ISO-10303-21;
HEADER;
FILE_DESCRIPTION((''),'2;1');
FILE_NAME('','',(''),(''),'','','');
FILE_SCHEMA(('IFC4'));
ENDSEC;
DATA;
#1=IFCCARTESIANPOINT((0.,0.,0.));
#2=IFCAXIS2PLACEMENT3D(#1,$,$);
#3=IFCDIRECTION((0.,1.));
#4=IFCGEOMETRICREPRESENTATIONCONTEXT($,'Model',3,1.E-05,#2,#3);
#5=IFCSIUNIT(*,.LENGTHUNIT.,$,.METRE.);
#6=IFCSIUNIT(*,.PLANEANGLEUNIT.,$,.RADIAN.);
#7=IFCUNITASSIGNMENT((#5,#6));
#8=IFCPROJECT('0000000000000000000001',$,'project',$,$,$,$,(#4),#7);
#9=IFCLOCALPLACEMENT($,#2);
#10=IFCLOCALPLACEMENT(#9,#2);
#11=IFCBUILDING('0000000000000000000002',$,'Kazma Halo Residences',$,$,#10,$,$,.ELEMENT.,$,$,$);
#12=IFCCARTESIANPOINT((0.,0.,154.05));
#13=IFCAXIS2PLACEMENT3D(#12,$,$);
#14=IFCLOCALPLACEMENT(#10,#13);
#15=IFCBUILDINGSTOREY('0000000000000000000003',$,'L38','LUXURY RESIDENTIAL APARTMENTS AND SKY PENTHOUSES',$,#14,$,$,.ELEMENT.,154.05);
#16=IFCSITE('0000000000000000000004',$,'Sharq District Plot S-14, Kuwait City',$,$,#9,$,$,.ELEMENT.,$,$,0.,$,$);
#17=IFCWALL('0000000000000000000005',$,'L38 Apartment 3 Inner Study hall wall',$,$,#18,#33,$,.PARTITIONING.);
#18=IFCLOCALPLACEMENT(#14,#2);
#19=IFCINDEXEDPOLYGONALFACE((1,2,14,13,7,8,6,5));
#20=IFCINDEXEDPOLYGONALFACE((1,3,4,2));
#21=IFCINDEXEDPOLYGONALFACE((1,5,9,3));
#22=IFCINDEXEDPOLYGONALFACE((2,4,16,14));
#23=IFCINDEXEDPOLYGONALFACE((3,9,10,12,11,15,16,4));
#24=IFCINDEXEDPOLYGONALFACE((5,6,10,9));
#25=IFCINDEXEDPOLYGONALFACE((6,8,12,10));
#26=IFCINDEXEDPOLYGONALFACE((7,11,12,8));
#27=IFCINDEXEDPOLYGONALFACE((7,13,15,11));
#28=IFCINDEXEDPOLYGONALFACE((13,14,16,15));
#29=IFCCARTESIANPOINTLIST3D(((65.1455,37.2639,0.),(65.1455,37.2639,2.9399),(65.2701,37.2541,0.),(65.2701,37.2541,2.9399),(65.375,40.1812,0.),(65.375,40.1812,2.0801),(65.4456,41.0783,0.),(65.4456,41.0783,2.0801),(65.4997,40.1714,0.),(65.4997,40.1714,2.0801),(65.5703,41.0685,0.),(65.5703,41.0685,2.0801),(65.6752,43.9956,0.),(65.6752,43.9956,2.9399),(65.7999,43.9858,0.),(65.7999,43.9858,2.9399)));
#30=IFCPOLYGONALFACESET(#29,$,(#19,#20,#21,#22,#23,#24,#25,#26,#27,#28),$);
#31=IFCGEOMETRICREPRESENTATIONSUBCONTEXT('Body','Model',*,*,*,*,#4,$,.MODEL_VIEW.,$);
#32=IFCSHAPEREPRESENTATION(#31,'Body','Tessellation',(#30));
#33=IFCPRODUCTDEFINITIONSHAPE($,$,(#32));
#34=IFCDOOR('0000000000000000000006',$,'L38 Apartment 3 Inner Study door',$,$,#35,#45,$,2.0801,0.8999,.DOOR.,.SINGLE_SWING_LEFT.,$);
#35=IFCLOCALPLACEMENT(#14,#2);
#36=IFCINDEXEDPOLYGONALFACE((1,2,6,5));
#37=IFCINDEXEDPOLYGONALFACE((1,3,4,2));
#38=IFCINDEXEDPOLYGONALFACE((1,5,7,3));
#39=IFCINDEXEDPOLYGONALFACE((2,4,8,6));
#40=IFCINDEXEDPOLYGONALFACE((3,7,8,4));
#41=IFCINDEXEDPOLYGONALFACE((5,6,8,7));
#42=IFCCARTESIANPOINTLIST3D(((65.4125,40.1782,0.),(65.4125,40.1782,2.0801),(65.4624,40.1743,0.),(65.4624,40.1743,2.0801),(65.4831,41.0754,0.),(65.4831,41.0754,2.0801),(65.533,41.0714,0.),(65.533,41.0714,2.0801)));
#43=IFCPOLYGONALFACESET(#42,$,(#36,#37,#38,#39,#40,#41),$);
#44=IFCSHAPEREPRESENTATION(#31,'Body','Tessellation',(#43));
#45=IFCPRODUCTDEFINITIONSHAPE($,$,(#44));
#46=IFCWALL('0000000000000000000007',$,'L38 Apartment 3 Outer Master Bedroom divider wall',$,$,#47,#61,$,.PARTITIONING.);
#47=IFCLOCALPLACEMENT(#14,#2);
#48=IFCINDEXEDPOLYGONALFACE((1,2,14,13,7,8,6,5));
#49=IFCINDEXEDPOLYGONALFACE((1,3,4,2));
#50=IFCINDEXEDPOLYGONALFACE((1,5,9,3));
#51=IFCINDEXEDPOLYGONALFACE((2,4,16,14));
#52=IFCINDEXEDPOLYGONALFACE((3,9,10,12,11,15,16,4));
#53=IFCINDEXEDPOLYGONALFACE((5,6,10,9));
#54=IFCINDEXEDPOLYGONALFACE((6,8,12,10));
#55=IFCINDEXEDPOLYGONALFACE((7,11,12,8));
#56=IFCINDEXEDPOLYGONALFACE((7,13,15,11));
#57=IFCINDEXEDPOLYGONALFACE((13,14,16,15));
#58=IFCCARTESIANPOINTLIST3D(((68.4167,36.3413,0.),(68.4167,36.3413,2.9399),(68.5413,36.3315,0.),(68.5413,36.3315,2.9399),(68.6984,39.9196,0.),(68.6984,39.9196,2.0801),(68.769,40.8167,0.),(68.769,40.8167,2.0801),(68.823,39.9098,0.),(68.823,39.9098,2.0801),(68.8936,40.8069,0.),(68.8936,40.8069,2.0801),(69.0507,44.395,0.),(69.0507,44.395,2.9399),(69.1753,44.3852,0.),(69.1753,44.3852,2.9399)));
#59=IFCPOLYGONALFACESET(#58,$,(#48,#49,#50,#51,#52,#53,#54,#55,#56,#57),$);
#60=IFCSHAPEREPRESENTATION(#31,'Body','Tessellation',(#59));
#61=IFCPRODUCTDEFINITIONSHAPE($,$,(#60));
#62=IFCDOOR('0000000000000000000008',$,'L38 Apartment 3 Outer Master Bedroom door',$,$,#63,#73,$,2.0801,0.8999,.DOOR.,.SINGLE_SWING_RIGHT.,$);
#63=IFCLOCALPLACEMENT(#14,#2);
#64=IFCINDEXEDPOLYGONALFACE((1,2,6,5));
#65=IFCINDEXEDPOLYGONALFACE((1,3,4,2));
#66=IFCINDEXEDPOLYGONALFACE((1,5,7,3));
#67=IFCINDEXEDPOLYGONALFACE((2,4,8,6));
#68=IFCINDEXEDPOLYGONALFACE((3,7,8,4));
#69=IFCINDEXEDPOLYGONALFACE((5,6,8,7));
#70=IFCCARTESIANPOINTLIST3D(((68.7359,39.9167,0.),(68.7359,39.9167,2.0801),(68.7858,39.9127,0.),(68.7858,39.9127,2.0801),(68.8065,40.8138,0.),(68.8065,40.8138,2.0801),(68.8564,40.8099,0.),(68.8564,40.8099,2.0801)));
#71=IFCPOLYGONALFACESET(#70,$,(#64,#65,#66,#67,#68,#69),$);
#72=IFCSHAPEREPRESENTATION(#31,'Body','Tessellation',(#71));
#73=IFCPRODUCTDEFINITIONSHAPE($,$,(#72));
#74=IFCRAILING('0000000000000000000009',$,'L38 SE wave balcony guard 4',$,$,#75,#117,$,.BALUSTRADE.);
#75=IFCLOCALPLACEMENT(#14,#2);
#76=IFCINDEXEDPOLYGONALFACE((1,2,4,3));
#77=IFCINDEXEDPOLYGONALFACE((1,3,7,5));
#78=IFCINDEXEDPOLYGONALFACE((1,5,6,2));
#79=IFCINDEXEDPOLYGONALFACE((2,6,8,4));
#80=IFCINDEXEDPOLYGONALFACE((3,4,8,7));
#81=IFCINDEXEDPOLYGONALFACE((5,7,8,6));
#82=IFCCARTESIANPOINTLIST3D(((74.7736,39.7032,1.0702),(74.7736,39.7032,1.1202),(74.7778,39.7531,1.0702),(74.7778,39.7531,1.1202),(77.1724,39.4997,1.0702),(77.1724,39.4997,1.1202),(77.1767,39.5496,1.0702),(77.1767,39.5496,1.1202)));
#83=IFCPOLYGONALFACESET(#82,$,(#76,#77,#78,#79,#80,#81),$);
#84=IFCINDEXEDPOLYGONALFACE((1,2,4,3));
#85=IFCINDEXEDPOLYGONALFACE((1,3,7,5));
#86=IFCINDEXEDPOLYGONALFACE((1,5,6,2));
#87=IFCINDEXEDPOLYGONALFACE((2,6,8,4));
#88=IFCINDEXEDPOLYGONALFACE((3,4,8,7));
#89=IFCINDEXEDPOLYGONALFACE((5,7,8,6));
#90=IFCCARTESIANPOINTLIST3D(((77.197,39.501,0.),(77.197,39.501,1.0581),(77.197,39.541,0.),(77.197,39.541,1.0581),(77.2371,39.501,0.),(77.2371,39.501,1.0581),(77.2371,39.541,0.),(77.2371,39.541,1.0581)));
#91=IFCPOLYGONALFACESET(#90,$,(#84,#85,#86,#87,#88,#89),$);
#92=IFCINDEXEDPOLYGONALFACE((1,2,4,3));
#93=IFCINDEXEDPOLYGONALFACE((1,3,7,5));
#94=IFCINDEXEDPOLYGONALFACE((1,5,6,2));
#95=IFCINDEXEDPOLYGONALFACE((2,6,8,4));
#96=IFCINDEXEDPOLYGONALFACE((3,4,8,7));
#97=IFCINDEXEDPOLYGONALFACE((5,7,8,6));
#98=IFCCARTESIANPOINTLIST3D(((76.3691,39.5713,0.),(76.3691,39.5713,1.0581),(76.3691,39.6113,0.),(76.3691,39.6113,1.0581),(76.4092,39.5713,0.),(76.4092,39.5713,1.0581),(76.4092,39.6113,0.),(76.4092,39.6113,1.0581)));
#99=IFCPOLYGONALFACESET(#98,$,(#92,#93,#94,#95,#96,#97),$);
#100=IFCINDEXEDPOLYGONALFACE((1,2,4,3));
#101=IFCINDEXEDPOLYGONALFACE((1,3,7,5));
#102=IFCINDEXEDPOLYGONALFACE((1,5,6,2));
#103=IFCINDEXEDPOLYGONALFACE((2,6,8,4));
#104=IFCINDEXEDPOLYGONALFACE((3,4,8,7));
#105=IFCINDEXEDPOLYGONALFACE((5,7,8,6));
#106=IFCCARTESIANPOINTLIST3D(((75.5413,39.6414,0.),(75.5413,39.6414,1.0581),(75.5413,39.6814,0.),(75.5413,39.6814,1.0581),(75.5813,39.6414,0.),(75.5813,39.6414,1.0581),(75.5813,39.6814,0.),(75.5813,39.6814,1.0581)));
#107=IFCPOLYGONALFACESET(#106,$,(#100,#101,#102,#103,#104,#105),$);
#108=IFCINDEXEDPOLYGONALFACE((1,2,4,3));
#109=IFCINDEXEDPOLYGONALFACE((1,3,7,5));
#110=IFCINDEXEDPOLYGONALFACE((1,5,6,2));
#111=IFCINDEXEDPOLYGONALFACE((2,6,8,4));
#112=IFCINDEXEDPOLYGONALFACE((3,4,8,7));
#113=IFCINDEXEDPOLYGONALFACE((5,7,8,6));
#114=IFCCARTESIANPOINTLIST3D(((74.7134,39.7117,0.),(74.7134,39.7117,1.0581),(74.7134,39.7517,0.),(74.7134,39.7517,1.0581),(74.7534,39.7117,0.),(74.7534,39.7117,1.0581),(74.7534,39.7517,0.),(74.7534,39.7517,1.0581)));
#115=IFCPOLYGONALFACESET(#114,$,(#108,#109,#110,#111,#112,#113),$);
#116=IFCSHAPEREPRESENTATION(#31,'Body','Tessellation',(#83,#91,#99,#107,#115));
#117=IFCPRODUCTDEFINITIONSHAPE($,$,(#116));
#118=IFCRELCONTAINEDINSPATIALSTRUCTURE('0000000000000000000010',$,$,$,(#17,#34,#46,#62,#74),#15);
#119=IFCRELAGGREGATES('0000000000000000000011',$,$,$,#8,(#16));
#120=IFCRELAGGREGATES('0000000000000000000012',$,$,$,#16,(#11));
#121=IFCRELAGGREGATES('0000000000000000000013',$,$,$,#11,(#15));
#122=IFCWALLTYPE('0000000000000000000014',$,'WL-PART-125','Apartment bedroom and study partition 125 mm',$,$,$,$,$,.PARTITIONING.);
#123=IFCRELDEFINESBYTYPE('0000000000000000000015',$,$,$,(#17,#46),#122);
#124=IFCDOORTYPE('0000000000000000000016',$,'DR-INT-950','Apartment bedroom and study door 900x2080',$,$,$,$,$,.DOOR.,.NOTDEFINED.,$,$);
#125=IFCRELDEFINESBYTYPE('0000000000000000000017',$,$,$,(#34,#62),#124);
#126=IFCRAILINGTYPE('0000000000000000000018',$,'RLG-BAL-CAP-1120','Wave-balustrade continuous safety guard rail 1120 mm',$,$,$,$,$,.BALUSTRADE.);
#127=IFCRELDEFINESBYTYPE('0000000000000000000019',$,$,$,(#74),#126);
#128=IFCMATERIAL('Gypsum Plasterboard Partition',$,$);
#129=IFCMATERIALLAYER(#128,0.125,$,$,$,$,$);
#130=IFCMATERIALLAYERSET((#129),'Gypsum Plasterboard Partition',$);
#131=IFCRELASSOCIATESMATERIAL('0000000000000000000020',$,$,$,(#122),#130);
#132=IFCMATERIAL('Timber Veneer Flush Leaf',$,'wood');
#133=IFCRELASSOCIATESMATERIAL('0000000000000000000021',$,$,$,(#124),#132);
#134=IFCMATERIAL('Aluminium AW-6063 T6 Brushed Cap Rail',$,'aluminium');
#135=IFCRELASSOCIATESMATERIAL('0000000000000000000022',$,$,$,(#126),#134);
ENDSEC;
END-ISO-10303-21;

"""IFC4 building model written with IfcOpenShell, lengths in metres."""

from ifc_helpers import new_model, si_unit, direction, frame, frame_2d, origin, origin_2d, place, context, subcontext, project, spatial, rectangle, extrude, material, layer, layer_set, type_object, element, fill, save


model = new_model("IFC4")

# Units and contexts
model_context = context("Model", 3, precision=1e-05, world=origin(), true_north=direction((0.0, 1.0)))
body_context = subcontext(model_context, "Body", "Model", "MODEL_VIEW")
ifc_project = project(units=[si_unit("LENGTHUNIT", "METRE"), si_unit("PLANEANGLEUNIT", "RADIAN")], contexts=[model_context])

# Site, building, storey
site_placement = place(None, origin())
site = spatial("IfcSite", under=ifc_project, at=site_placement, Name="Sharq District Plot S-14, Kuwait City", CompositionType="ELEMENT", RefElevation=0.0)
building_placement = place(site_placement, origin())
building = spatial("IfcBuilding", under=site, at=building_placement, Name="Kazma Halo Residences", CompositionType="ELEMENT")
storey_placement = place(building_placement, frame((0.0, 0.0, 154.05)))
storey = spatial("IfcBuildingStorey", under=building, at=storey_placement, Name="L38", Description="LUXURY RESIDENTIAL APARTMENTS AND SKY PENTHOUSES", CompositionType="ELEMENT", Elevation=154.05)

# Shared definitions
ifc_material_1 = material(Name="Gypsum Plasterboard Partition")
ifc_layer_1 = layer(ifc_material_1, 0.125)
ifc_layer_set_1 = layer_set([ifc_layer_1], Name="Gypsum Plasterboard Partition")
wall_type_1 = type_object("IfcWallType", Name="WL-PART-125", Description="Apartment bedroom and study partition 125 mm", PredefinedType="PARTITIONING", material=ifc_layer_set_1)
ifc_material_2 = material(Name="Timber Veneer Flush Leaf", Category="wood")
door_type = type_object("IfcDoorType", Name="DR-INT-950", Description="Apartment bedroom and study door 900x2080", OperationType="NOTDEFINED", PredefinedType="DOOR", material=ifc_material_2)

# Walls, openings, doors
wall_1_placement = place(storey_placement, frame((65.2078, 37.259, 0.0), z_axis=(0.0, 0.0, 1.0), x_axis=(0.078458, 0.996917, 0.0)))
wall_1 = element("IfcWall", 1, at=wall_1_placement, inside=storey, type_object=wall_type_1, Name="L38 Apartment 3 Inner Study hall wall", PredefinedType="PARTITIONING", context=body_context, shape_type="SweptSolid", body=[
    extrude(rectangle(XDim=6.7524, YDim=0.125, at=frame_2d((3.3762, 0.0))), origin(), (0.0, 0.0, 1.0), 2.9399),
])
opening_1_placement = place(wall_1_placement, frame((2.9263, 0.0, 0.0)))
opening_1 = element("IfcOpeningElement", 2, at=opening_1_placement, cuts=wall_1, PredefinedType="OPENING", context=body_context, shape_type="SweptSolid", body=[
    extrude(rectangle(XDim=0.8999, YDim=2.0801, at=frame_2d((0.45, 1.04))), frame((0.0, 0.0725, 0.0), z_axis=(0.0, -1.0, 0.0), x_axis=(1.0, 0.0, 0.0)), (0.0, 0.0, 1.0), 0.145),
])
door_1_placement = place(opening_1_placement, origin())
door_1 = element("IfcDoor", 3, at=door_1_placement, inside=storey, type_object=door_type, Name="L38 Apartment 3 Inner Study door", OperationType="SINGLE_SWING_LEFT", OverallHeight=2.0801, OverallWidth=0.8999, PredefinedType="DOOR", context=body_context, shape_type="SweptSolid", body=[
    extrude(rectangle(XDim=0.8999, YDim=2.0801, at=frame_2d((0.45, 1.04))), frame((0.0, 0.0249, 0.0), z_axis=(0.0, -1.0, 0.0), x_axis=(1.0, 0.0, 0.0)), (0.0, 0.0, 1.0), 0.05),
])
fill(opening_1, door_1)
wall_2_placement = place(storey_placement, frame((68.479, 36.3364, 0.0), z_axis=(0.0, 0.0, 1.0), x_axis=(0.078483, 0.996915, 0.0)))
wall_2 = element("IfcWall", 4, at=wall_2_placement, inside=storey, type_object=wall_type_1, Name="L38 Apartment 3 Outer Master Bedroom divider wall", PredefinedType="PARTITIONING", context=body_context, shape_type="SweptSolid", body=[
    extrude(rectangle(XDim=8.0786, YDim=0.125, at=frame_2d((4.0393, 0.0))), origin(), (0.0, 0.0, 1.0), 2.9399),
])
opening_2_placement = place(wall_2_placement, frame((3.5894, 0.0, 0.0)))
opening_2 = element("IfcOpeningElement", 5, at=opening_2_placement, cuts=wall_2, PredefinedType="OPENING", context=body_context, shape_type="SweptSolid", body=[
    extrude(rectangle(XDim=0.8999, YDim=2.0801, at=frame_2d((0.45, 1.04))), frame((0.0, 0.0725, 0.0), z_axis=(0.0, -1.0, 0.0), x_axis=(1.0, 0.0, 0.0)), (0.0, 0.0, 1.0), 0.145),
])
door_2_placement = place(opening_2_placement, origin())
door_2 = element("IfcDoor", 6, at=door_2_placement, inside=storey, type_object=door_type, Name="L38 Apartment 3 Outer Master Bedroom door", OperationType="SINGLE_SWING_RIGHT", OverallHeight=2.0801, OverallWidth=0.8999, PredefinedType="DOOR", context=body_context, shape_type="SweptSolid", body=[
    extrude(rectangle(XDim=0.8999, YDim=2.0801, at=frame_2d((0.45, 1.04))), frame((0.0, 0.0249, 0.0), z_axis=(0.0, -1.0, 0.0), x_axis=(1.0, 0.0, 0.0)), (0.0, 0.0, 1.0), 0.05),
])
fill(opening_2, door_2)

# Railing
ifc_material_3 = material(Name="Aluminium AW-6063 T6 Brushed Cap Rail", Category="aluminium")
railing_type = type_object("IfcRailingType", Name="RLG-BAL-CAP-1120", Description="Wave-balustrade continuous safety guard rail 1120 mm", PredefinedType="BALUSTRADE", material=ifc_material_3)
railing_placement = place(storey_placement, frame((77.217, 39.521, 0.0)))
element("IfcRailing", 7, at=railing_placement, inside=storey, type_object=railing_type, Name="L38 SE wave balcony guard 4", PredefinedType="BALUSTRADE", context=body_context, shape_type="SweptSolid", body=[
    extrude(rectangle(XDim=0.05, YDim=0.05, at=origin_2d()), frame((-0.0425, 0.0037, 1.0952), z_axis=(-0.996421, 0.084529, 0.0), x_axis=(-0.084529, -0.996421, 0.0)), (0.0, 0.0, 1.0), 2.4075),
    extrude(rectangle(XDim=0.04, YDim=0.04, at=origin_2d()), origin(), (0.0, 0.0, 1.0), 1.0581),
    extrude(rectangle(XDim=0.04, YDim=0.04, at=origin_2d()), frame((-0.8279, 0.0703, 0.0)), (0.0, 0.0, 1.0), 1.0581),
    extrude(rectangle(XDim=0.04, YDim=0.04, at=origin_2d()), frame((-1.6558, 0.1404, 0.0)), (0.0, 0.0, 1.0), 1.0581),
    extrude(rectangle(XDim=0.04, YDim=0.04, at=origin_2d()), frame((-2.4836, 0.2107, 0.0)), (0.0, 0.0, 1.0), 1.0581),
])

save(model, "model.ifc")
